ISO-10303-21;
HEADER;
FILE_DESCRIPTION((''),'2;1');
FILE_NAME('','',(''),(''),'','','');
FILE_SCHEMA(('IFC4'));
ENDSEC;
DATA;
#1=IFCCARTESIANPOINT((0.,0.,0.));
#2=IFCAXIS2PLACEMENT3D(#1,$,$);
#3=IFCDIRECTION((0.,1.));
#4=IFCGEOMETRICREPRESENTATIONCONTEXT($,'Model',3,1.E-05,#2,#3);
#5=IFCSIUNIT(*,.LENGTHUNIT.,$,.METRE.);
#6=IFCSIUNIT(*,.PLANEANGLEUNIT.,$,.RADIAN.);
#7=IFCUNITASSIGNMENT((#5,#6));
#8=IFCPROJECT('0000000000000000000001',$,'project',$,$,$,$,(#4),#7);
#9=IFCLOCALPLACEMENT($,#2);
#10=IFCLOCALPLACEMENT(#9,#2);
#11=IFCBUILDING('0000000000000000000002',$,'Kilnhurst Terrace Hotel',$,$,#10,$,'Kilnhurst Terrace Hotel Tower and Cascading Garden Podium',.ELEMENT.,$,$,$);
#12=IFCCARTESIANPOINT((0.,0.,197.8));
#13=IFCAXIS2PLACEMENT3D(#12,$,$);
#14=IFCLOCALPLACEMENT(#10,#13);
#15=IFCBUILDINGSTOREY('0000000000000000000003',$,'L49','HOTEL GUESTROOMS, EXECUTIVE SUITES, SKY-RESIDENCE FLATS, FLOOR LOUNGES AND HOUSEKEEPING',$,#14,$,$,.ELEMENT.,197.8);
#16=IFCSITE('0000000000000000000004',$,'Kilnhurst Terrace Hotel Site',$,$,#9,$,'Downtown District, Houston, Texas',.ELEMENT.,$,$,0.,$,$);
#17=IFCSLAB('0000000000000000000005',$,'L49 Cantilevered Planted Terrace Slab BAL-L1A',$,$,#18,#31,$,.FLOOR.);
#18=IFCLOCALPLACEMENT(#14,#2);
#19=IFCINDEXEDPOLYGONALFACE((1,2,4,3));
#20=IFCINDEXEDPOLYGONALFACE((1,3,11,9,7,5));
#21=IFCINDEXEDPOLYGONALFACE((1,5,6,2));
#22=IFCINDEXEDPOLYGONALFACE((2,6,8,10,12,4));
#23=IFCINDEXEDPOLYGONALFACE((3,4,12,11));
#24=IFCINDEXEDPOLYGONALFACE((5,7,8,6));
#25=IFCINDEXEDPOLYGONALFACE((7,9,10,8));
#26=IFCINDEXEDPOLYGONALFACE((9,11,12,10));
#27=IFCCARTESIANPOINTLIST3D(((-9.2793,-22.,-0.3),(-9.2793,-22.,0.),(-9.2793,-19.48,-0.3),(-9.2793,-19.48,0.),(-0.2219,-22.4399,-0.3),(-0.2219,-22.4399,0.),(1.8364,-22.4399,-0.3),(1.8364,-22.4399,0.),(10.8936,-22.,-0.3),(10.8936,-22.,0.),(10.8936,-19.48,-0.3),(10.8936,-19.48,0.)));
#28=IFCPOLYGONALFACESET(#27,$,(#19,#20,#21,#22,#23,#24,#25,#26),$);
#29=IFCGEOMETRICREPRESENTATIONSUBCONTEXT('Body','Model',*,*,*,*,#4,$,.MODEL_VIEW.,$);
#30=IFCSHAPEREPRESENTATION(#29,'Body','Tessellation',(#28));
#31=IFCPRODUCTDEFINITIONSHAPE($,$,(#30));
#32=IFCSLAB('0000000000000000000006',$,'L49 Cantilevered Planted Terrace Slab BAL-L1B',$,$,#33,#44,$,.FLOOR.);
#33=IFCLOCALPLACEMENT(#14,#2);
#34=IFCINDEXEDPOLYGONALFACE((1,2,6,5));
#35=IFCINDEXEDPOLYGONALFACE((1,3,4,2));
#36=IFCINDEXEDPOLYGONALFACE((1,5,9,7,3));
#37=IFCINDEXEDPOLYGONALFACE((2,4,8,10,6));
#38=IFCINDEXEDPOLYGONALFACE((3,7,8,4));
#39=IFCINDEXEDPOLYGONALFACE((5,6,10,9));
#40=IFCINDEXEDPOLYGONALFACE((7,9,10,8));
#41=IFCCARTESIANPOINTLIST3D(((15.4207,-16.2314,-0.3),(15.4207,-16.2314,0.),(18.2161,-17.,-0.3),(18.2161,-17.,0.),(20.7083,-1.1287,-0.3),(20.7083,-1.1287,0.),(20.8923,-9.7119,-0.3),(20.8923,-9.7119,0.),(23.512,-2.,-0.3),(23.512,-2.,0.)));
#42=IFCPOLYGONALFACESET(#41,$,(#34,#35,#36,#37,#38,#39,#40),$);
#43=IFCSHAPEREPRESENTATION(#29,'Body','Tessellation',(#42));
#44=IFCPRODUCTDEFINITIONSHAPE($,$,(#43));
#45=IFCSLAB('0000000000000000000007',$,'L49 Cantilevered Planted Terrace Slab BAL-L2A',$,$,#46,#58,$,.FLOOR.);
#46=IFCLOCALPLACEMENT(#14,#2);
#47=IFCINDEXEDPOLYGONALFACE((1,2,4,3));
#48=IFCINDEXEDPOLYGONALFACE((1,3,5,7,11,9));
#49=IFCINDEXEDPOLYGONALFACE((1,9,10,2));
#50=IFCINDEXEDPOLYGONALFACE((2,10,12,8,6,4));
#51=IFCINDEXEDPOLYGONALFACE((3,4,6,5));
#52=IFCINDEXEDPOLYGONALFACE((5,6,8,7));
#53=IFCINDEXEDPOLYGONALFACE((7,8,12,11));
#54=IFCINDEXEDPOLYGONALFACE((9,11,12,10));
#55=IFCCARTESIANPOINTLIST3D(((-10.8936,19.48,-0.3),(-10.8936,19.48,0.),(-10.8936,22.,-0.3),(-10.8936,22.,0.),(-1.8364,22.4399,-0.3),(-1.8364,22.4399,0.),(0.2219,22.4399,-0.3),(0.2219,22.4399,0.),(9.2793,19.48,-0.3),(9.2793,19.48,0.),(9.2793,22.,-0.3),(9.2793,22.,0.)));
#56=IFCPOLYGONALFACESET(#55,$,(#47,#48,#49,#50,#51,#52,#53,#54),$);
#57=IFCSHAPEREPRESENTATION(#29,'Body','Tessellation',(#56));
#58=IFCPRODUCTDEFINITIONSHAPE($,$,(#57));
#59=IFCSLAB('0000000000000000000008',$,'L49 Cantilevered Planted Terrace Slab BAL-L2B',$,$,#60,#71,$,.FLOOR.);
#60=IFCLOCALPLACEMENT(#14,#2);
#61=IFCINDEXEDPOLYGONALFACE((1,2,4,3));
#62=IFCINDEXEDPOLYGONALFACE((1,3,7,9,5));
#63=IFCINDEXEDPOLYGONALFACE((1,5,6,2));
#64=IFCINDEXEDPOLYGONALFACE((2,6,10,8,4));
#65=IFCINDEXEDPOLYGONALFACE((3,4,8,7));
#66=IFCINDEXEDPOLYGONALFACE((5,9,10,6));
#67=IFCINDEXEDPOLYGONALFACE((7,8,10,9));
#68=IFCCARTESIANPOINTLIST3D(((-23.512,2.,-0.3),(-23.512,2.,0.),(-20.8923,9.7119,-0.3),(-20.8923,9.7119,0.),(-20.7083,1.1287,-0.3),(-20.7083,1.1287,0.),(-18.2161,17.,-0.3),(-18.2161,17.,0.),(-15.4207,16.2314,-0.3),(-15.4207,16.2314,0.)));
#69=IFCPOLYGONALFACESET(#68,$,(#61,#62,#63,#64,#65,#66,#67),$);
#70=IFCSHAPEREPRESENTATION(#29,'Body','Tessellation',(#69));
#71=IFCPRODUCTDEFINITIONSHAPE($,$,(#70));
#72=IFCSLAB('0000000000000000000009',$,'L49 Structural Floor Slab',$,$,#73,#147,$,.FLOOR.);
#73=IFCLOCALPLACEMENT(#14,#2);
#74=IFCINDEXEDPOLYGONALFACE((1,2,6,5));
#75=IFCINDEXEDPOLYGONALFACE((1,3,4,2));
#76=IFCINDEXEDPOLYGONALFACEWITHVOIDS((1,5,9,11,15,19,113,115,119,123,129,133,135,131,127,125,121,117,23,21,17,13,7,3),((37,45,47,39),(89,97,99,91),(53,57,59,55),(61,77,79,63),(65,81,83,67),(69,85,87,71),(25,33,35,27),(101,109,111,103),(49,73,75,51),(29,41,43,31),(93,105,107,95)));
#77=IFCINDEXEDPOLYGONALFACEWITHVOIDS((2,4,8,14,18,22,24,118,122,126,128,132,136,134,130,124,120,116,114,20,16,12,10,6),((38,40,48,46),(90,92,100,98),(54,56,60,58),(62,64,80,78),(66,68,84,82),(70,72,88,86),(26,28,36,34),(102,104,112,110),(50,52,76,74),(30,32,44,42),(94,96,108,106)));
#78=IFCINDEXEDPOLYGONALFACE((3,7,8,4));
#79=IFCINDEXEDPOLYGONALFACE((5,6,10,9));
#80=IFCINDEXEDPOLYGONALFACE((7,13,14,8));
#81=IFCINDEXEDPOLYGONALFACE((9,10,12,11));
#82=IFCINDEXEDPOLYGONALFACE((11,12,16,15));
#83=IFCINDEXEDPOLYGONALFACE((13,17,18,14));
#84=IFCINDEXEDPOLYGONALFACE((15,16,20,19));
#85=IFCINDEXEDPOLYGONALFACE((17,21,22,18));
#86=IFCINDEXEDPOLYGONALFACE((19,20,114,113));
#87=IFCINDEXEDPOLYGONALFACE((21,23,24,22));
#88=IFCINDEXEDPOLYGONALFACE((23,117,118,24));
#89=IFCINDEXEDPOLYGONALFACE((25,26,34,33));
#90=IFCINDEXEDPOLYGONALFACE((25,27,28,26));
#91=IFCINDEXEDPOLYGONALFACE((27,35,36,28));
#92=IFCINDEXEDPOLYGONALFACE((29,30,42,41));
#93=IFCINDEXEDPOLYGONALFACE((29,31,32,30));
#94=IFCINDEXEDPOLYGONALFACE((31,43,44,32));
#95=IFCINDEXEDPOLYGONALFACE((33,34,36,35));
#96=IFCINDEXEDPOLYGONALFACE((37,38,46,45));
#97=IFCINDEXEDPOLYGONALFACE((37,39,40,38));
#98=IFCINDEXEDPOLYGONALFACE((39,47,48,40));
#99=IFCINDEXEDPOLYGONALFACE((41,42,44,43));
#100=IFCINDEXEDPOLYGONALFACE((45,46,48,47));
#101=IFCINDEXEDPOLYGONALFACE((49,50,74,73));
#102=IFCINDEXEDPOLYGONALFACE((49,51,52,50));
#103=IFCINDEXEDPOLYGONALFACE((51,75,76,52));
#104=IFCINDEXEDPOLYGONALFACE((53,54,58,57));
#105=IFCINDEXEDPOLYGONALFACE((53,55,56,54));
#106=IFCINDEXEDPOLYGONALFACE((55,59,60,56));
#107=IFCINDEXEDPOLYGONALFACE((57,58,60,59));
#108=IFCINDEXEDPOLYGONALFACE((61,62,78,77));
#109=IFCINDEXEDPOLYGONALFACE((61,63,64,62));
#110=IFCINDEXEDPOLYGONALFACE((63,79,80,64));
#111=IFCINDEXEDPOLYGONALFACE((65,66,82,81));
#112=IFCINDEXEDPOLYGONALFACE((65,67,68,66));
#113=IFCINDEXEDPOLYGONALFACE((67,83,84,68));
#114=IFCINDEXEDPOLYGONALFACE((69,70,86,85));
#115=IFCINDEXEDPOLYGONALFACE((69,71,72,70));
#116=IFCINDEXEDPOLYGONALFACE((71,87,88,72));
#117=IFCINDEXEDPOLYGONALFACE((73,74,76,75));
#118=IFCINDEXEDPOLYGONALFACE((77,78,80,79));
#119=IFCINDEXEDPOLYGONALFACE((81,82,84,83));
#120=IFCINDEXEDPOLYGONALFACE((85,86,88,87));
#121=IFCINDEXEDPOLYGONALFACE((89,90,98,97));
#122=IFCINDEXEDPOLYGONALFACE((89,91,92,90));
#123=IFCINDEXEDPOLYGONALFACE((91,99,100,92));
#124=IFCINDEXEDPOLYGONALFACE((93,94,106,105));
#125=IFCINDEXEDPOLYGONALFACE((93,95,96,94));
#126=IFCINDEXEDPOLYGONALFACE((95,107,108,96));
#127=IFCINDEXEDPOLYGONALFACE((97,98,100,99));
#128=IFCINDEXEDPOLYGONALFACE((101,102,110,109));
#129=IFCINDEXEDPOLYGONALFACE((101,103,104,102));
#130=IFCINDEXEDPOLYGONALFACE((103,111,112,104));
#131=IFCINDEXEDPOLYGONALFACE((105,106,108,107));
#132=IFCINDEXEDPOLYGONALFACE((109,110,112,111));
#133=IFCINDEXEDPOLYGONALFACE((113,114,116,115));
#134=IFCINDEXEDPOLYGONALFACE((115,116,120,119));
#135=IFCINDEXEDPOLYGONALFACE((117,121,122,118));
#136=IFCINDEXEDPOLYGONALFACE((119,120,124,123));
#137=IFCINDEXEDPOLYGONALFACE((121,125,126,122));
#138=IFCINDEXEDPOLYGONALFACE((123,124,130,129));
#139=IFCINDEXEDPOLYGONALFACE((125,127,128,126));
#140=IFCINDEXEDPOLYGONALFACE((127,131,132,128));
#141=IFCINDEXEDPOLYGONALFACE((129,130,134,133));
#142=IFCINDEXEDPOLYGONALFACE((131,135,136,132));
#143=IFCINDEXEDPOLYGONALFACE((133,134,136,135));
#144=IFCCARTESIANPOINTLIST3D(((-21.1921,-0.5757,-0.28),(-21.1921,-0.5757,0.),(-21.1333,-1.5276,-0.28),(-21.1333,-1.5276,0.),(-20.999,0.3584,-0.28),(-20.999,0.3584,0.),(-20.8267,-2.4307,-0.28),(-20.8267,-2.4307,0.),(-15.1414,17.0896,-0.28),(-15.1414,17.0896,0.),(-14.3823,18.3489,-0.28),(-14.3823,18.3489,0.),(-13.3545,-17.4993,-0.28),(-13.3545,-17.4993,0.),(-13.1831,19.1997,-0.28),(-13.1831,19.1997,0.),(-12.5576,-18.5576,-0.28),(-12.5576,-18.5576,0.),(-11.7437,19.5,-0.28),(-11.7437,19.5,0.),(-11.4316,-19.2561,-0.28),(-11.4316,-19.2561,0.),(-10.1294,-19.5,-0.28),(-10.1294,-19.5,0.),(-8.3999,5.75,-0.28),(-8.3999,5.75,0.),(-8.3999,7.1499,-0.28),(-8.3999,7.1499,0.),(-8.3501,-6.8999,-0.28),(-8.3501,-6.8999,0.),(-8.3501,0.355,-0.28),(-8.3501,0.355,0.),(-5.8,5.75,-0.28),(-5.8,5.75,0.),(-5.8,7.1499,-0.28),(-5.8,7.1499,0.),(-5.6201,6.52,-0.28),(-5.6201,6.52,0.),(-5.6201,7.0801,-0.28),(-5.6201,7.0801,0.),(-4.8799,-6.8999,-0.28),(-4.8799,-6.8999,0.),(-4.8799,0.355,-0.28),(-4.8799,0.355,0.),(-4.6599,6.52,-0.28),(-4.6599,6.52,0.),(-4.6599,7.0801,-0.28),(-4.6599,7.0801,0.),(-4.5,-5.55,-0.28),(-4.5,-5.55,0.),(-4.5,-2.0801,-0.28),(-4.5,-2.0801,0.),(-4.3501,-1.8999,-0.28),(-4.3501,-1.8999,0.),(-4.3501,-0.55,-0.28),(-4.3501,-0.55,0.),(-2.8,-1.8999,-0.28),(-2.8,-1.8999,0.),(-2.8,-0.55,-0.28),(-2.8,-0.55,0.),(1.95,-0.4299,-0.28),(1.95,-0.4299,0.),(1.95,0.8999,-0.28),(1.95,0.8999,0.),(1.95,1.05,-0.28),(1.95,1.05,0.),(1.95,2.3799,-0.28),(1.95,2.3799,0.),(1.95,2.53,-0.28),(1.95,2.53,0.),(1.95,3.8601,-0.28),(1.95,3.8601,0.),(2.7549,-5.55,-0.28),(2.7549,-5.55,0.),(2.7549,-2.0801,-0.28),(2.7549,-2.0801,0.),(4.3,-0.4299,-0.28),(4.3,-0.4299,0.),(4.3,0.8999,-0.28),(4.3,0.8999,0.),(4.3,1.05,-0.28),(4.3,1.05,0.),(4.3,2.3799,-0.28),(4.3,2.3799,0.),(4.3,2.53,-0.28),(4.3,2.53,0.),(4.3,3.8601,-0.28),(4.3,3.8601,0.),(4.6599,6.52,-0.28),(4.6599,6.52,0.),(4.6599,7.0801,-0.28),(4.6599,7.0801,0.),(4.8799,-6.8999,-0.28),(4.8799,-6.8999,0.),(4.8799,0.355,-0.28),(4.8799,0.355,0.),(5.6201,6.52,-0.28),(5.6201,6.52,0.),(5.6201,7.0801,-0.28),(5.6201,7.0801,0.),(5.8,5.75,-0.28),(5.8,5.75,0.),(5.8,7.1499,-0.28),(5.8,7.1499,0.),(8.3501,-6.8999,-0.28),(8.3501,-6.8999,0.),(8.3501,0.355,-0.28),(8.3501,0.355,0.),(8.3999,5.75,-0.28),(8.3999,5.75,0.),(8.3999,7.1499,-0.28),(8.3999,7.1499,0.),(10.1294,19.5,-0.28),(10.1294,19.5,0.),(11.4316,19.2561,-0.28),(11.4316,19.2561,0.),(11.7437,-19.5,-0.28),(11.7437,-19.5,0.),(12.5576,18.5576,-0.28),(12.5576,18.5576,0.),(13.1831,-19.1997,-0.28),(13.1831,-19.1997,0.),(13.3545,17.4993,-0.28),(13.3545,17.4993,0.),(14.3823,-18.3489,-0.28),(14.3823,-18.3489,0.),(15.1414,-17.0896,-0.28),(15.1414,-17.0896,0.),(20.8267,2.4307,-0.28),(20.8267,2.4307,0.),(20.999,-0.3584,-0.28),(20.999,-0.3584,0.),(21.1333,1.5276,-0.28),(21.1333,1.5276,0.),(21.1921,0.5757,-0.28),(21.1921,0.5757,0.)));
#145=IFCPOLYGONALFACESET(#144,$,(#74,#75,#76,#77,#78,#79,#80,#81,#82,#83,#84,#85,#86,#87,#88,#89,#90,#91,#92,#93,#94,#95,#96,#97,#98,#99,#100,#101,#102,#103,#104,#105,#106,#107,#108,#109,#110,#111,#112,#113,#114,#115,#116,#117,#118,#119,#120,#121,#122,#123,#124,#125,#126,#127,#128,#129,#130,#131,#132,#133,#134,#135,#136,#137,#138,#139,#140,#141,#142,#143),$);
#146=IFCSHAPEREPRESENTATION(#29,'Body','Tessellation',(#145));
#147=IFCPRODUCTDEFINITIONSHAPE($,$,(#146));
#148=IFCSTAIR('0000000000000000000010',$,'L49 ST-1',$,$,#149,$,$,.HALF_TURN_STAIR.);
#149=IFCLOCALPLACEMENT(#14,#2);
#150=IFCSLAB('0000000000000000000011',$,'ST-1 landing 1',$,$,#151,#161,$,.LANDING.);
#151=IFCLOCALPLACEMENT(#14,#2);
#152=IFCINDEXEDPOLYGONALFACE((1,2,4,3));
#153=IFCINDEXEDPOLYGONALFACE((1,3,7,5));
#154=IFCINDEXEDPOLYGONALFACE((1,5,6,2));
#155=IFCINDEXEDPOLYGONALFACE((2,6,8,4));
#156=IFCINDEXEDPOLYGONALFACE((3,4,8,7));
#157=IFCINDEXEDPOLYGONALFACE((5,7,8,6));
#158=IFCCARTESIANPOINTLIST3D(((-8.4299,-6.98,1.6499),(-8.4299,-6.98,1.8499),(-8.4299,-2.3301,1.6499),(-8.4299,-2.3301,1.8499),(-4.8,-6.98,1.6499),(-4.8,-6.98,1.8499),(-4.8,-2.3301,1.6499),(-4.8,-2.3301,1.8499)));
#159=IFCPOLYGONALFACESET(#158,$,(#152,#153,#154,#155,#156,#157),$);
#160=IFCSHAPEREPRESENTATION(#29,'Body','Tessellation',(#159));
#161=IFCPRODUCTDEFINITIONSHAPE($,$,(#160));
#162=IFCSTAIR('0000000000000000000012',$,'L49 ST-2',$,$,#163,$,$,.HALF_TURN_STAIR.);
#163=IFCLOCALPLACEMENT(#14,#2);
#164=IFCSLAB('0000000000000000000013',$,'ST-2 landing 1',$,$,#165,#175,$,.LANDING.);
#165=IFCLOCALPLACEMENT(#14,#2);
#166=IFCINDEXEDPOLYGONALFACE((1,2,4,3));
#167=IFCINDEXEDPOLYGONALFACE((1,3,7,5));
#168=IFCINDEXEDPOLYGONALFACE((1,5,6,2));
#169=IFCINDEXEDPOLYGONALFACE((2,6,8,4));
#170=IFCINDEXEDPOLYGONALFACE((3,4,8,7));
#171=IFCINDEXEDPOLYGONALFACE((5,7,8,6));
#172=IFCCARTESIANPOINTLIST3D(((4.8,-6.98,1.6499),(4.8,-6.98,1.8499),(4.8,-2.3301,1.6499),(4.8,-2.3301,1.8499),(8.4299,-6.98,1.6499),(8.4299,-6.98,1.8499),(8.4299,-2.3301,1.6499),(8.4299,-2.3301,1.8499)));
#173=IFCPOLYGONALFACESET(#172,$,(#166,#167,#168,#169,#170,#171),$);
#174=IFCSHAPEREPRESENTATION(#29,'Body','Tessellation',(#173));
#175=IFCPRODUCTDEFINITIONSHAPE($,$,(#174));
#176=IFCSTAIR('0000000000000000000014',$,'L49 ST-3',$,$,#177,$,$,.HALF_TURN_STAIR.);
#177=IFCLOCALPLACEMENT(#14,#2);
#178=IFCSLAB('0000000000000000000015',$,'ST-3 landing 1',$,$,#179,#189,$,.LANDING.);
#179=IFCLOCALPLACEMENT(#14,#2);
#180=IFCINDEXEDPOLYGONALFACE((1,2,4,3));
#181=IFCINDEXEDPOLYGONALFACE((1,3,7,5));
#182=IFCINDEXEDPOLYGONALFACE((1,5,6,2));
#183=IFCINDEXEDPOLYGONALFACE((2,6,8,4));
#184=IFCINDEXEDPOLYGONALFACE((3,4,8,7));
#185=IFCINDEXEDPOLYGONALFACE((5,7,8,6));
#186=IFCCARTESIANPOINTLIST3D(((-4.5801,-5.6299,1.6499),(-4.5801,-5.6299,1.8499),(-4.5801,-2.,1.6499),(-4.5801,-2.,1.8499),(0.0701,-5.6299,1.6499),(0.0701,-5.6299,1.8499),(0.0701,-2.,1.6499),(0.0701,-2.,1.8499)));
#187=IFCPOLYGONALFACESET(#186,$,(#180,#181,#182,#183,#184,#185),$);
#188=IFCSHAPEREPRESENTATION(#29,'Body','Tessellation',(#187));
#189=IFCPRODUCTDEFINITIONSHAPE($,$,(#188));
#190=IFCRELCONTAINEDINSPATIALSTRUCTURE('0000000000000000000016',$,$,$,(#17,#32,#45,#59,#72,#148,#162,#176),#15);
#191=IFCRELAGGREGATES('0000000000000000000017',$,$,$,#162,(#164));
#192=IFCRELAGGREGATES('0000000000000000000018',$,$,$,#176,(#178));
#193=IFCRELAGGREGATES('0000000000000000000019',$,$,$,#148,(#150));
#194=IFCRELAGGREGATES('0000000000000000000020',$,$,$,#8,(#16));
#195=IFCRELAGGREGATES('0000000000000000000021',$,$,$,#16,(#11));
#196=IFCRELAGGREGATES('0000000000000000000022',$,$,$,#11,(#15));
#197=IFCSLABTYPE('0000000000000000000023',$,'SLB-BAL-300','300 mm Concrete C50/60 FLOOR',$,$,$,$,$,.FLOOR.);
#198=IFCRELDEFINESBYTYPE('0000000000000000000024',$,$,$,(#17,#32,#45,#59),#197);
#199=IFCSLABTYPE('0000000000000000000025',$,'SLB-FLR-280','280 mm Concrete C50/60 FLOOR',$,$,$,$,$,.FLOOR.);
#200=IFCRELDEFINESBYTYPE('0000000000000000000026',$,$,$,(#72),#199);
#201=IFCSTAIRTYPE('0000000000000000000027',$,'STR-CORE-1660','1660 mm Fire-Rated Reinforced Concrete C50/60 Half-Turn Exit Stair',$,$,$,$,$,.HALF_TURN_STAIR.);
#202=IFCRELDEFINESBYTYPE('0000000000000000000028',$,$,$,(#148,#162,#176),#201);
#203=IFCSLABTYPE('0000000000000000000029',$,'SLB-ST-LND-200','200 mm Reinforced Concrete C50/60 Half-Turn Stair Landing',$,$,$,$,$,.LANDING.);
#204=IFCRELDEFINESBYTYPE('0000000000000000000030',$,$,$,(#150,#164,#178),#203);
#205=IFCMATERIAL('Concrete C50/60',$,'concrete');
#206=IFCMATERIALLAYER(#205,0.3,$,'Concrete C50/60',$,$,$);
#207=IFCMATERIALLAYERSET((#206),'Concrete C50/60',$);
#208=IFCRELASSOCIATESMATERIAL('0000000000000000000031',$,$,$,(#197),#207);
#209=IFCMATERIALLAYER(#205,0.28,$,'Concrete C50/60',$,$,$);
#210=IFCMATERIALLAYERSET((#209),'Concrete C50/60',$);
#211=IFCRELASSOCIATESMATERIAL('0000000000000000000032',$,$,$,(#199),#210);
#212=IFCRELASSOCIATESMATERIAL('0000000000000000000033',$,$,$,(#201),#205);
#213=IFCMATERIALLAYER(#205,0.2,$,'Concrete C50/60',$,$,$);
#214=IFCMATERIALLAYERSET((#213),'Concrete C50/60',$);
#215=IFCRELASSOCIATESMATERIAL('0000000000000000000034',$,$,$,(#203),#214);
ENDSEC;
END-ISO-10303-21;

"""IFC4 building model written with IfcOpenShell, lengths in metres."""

from ifc_helpers import new_model, si_unit, direction, frame, origin, place, context, subcontext, project, spatial, polyline, outline, extrude, material, layer, layer_set, type_object, element, aggregate, save


model = new_model("IFC4")

# Units and contexts
model_context = context("Model", 3, precision=1e-05, world=origin(), true_north=direction((0.0, 1.0)))
body_context = subcontext(model_context, "Body", "Model", "MODEL_VIEW")
ifc_project = project(units=[si_unit("LENGTHUNIT", "METRE"), si_unit("PLANEANGLEUNIT", "RADIAN")], contexts=[model_context])

# Site, building, storey
site_placement = place(None, origin())
site = spatial("IfcSite", under=ifc_project, at=site_placement, Name="Kilnhurst Terrace Hotel Site", LongName="Downtown District, Houston, Texas", CompositionType="ELEMENT", RefElevation=0.0)
building_placement = place(site_placement, origin())
building = spatial("IfcBuilding", under=site, at=building_placement, Name="Kilnhurst Terrace Hotel", LongName="Kilnhurst Terrace Hotel Tower and Cascading Garden Podium", CompositionType="ELEMENT")
storey_placement = place(building_placement, frame((0.0, 0.0, 197.8)))
storey = spatial("IfcBuildingStorey", under=building, at=storey_placement, Name="L49", Description="HOTEL GUESTROOMS, EXECUTIVE SUITES, SKY-RESIDENCE FLATS, FLOOR LOUNGES AND HOUSEKEEPING", CompositionType="ELEMENT", Elevation=197.8)

# Slabs
ifc_material_1 = material(Name="Concrete C50/60", Category="concrete")
ifc_layer_1 = layer(ifc_material_1, 0.3, Name="Concrete C50/60")
ifc_layer_set_1 = layer_set([ifc_layer_1], Name="Concrete C50/60")
slab_type_1 = type_object("IfcSlabType", Name="SLB-BAL-300", Description="300 mm Concrete C50/60 FLOOR", PredefinedType="FLOOR", material=ifc_layer_set_1)
slab_1_placement = place(storey_placement, frame((0.0, 0.0, -0.3)))
element("IfcSlab", 1, at=slab_1_placement, inside=storey, type_object=slab_type_1, Name="L49 Cantilevered Planted Terrace Slab BAL-L1A", PredefinedType="FLOOR", context=body_context, shape_type="SweptSolid", body=[
    extrude(outline(polyline([(1.8364, -22.4399), (-0.2219, -22.4399), (-9.2793, -22.0), (-9.2793, -19.48), (10.8936, -19.48), (10.8936, -22.0), (1.8364, -22.4399)])), origin(), (0.0, 0.0, 1.0), 0.3),
])
slab_2_placement = place(storey_placement, frame((0.0, 0.0, -0.3)))
element("IfcSlab", 2, at=slab_2_placement, inside=storey, type_object=slab_type_1, Name="L49 Cantilevered Planted Terrace Slab BAL-L1B", PredefinedType="FLOOR", context=body_context, shape_type="SweptSolid", body=[
    extrude(outline(polyline([(18.2161, -17.0), (15.4207, -16.2314), (20.7083, -1.1287), (23.512, -2.0), (20.8923, -9.7119), (18.2161, -17.0)])), origin(), (0.0, 0.0, 1.0), 0.3),
])
slab_3_placement = place(storey_placement, frame((0.0, 0.0, -0.3)))
element("IfcSlab", 3, at=slab_3_placement, inside=storey, type_object=slab_type_1, Name="L49 Cantilevered Planted Terrace Slab BAL-L2A", PredefinedType="FLOOR", context=body_context, shape_type="SweptSolid", body=[
    extrude(outline(polyline([(0.2219, 22.4399), (9.2793, 22.0), (9.2793, 19.48), (-10.8936, 19.48), (-10.8936, 22.0), (-1.8364, 22.4399), (0.2219, 22.4399)])), origin(), (0.0, 0.0, 1.0), 0.3),
])
slab_4_placement = place(storey_placement, frame((0.0, 0.0, -0.3)))
element("IfcSlab", 4, at=slab_4_placement, inside=storey, type_object=slab_type_1, Name="L49 Cantilevered Planted Terrace Slab BAL-L2B", PredefinedType="FLOOR", context=body_context, shape_type="SweptSolid", body=[
    extrude(outline(polyline([(-18.2161, 17.0), (-15.4207, 16.2314), (-20.7083, 1.1287), (-23.512, 2.0), (-20.8923, 9.7119), (-18.2161, 17.0)])), origin(), (0.0, 0.0, 1.0), 0.3),
])
ifc_layer_2 = layer(ifc_material_1, 0.28, Name="Concrete C50/60")
ifc_layer_set_2 = layer_set([ifc_layer_2], Name="Concrete C50/60")
slab_type_2 = type_object("IfcSlabType", Name="SLB-FLR-280", Description="280 mm Concrete C50/60 FLOOR", PredefinedType="FLOOR", material=ifc_layer_set_2)
slab_5_placement = place(storey_placement, frame((0.0, 0.0, -0.28)))
element("IfcSlab", 5, at=slab_5_placement, inside=storey, type_object=slab_type_2, Name="L49 Structural Floor Slab", PredefinedType="FLOOR", context=body_context, shape_type="SweptSolid", body=[
    extrude(outline(polyline([(-13.3545, -17.4993), (-12.5576, -18.5576), (-11.4316, -19.2561), (-10.1294, -19.5), (11.7437, -19.5), (13.1831, -19.1997), (14.3823, -18.3489), (15.1414, -17.0896), (20.999, -0.3584), (21.1921, 0.5757), (21.1333, 1.5276), (20.8267, 2.4307), (13.3545, 17.4993), (12.5576, 18.5576), (11.4316, 19.2561), (10.1294, 19.5), (-11.7437, 19.5), (-13.1831, 19.1997), (-14.3823, 18.3489), (-15.1414, 17.0896), (-20.999, 0.3584), (-21.1921, -0.5757), (-21.1333, -1.5276), (-20.8267, -2.4307), (-13.3545, -17.4993)]), holes=[polyline([(2.7549, -2.0801), (2.7549, -5.55), (-4.5, -5.55), (-4.5, -2.0801), (2.7549, -2.0801)]), polyline([(-8.3501, 0.355), (-4.8799, 0.355), (-4.8799, -6.8999), (-8.3501, -6.8999), (-8.3501, 0.355)]), polyline([(-2.8, -1.8999), (-4.3501, -1.8999), (-4.3501, -0.55), (-2.8, -0.55), (-2.8, -1.8999)]), polyline([(1.95, -0.4299), (1.95, 0.8999), (4.3, 0.8999), (4.3, -0.4299), (1.95, -0.4299)]), polyline([(-8.3999, 5.75), (-8.3999, 7.1499), (-5.8, 7.1499), (-5.8, 5.75), (-8.3999, 5.75)]), polyline([(-4.6599, 6.52), (-5.6201, 6.52), (-5.6201, 7.0801), (-4.6599, 7.0801), (-4.6599, 6.52)]), polyline([(8.3501, 0.355), (8.3501, -6.8999), (4.8799, -6.8999), (4.8799, 0.355), (8.3501, 0.355)]), polyline([(1.95, 1.05), (1.95, 2.3799), (4.3, 2.3799), (4.3, 1.05), (1.95, 1.05)]), polyline([(4.3, 2.53), (1.95, 2.53), (1.95, 3.8601), (4.3, 3.8601), (4.3, 2.53)]), polyline([(5.8, 5.75), (5.8, 7.1499), (8.3999, 7.1499), (8.3999, 5.75), (5.8, 5.75)]), polyline([(4.6599, 6.52), (4.6599, 7.0801), (5.6201, 7.0801), (5.6201, 6.52), (4.6599, 6.52)])]), origin(), (0.0, 0.0, 1.0), 0.28),
])

# Stairs, slabs
stair_type = type_object("IfcStairType", Name="STR-CORE-1660", Description="1660 mm Fire-Rated Reinforced Concrete C50/60 Half-Turn Exit Stair", PredefinedType="HALF_TURN_STAIR", material=ifc_material_1)
stair_1_placement = place(storey_placement, origin())
stair_1 = element("IfcStair", 6, at=stair_1_placement, inside=storey, type_object=stair_type, Name="L49 ST-1", PredefinedType="HALF_TURN_STAIR")
ifc_layer_3 = layer(ifc_material_1, 0.2, Name="Concrete C50/60")
ifc_layer_set_3 = layer_set([ifc_layer_3], Name="Concrete C50/60")
slab_type_3 = type_object("IfcSlabType", Name="SLB-ST-LND-200", Description="200 mm Reinforced Concrete C50/60 Half-Turn Stair Landing", PredefinedType="LANDING", material=ifc_layer_set_3)
slab_6_placement = place(storey_placement, frame((0.0, 0.0, 1.6499)))
slab_6 = element("IfcSlab", 7, at=slab_6_placement, type_object=slab_type_3, Name="ST-1 landing 1", PredefinedType="LANDING", context=body_context, shape_type="SweptSolid", body=[
    extrude(outline(polyline([(-8.4299, -2.3301), (-4.8, -2.3301), (-4.8, -6.98), (-8.4299, -6.98), (-8.4299, -2.3301)])), origin(), (0.0, 0.0, 1.0), 0.2),
])
stair_2_placement = place(storey_placement, origin())
stair_2 = element("IfcStair", 8, at=stair_2_placement, inside=storey, type_object=stair_type, Name="L49 ST-2", PredefinedType="HALF_TURN_STAIR")
slab_7_placement = place(storey_placement, frame((0.0, 0.0, 1.6499)))
slab_7 = element("IfcSlab", 9, at=slab_7_placement, type_object=slab_type_3, Name="ST-2 landing 1", PredefinedType="LANDING", context=body_context, shape_type="SweptSolid", body=[
    extrude(outline(polyline([(4.8, -2.3301), (8.4299, -2.3301), (8.4299, -6.98), (4.8, -6.98), (4.8, -2.3301)])), origin(), (0.0, 0.0, 1.0), 0.2),
])
aggregate(stair_2, [slab_7])
stair_3_placement = place(storey_placement, origin())
stair_3 = element("IfcStair", 10, at=stair_3_placement, inside=storey, type_object=stair_type, Name="L49 ST-3", PredefinedType="HALF_TURN_STAIR")
slab_8_placement = place(storey_placement, frame((0.0, 0.0, 1.6499)))
slab_8 = element("IfcSlab", 11, at=slab_8_placement, type_object=slab_type_3, Name="ST-3 landing 1", PredefinedType="LANDING", context=body_context, shape_type="SweptSolid", body=[
    extrude(outline(polyline([(0.0701, -2.0), (0.0701, -5.6299), (-4.5801, -5.6299), (-4.5801, -2.0), (0.0701, -2.0)])), origin(), (0.0, 0.0, 1.0), 0.2),
])
aggregate(stair_3, [slab_8])

aggregate(stair_1, [slab_6])

save(model, "model.ifc")
